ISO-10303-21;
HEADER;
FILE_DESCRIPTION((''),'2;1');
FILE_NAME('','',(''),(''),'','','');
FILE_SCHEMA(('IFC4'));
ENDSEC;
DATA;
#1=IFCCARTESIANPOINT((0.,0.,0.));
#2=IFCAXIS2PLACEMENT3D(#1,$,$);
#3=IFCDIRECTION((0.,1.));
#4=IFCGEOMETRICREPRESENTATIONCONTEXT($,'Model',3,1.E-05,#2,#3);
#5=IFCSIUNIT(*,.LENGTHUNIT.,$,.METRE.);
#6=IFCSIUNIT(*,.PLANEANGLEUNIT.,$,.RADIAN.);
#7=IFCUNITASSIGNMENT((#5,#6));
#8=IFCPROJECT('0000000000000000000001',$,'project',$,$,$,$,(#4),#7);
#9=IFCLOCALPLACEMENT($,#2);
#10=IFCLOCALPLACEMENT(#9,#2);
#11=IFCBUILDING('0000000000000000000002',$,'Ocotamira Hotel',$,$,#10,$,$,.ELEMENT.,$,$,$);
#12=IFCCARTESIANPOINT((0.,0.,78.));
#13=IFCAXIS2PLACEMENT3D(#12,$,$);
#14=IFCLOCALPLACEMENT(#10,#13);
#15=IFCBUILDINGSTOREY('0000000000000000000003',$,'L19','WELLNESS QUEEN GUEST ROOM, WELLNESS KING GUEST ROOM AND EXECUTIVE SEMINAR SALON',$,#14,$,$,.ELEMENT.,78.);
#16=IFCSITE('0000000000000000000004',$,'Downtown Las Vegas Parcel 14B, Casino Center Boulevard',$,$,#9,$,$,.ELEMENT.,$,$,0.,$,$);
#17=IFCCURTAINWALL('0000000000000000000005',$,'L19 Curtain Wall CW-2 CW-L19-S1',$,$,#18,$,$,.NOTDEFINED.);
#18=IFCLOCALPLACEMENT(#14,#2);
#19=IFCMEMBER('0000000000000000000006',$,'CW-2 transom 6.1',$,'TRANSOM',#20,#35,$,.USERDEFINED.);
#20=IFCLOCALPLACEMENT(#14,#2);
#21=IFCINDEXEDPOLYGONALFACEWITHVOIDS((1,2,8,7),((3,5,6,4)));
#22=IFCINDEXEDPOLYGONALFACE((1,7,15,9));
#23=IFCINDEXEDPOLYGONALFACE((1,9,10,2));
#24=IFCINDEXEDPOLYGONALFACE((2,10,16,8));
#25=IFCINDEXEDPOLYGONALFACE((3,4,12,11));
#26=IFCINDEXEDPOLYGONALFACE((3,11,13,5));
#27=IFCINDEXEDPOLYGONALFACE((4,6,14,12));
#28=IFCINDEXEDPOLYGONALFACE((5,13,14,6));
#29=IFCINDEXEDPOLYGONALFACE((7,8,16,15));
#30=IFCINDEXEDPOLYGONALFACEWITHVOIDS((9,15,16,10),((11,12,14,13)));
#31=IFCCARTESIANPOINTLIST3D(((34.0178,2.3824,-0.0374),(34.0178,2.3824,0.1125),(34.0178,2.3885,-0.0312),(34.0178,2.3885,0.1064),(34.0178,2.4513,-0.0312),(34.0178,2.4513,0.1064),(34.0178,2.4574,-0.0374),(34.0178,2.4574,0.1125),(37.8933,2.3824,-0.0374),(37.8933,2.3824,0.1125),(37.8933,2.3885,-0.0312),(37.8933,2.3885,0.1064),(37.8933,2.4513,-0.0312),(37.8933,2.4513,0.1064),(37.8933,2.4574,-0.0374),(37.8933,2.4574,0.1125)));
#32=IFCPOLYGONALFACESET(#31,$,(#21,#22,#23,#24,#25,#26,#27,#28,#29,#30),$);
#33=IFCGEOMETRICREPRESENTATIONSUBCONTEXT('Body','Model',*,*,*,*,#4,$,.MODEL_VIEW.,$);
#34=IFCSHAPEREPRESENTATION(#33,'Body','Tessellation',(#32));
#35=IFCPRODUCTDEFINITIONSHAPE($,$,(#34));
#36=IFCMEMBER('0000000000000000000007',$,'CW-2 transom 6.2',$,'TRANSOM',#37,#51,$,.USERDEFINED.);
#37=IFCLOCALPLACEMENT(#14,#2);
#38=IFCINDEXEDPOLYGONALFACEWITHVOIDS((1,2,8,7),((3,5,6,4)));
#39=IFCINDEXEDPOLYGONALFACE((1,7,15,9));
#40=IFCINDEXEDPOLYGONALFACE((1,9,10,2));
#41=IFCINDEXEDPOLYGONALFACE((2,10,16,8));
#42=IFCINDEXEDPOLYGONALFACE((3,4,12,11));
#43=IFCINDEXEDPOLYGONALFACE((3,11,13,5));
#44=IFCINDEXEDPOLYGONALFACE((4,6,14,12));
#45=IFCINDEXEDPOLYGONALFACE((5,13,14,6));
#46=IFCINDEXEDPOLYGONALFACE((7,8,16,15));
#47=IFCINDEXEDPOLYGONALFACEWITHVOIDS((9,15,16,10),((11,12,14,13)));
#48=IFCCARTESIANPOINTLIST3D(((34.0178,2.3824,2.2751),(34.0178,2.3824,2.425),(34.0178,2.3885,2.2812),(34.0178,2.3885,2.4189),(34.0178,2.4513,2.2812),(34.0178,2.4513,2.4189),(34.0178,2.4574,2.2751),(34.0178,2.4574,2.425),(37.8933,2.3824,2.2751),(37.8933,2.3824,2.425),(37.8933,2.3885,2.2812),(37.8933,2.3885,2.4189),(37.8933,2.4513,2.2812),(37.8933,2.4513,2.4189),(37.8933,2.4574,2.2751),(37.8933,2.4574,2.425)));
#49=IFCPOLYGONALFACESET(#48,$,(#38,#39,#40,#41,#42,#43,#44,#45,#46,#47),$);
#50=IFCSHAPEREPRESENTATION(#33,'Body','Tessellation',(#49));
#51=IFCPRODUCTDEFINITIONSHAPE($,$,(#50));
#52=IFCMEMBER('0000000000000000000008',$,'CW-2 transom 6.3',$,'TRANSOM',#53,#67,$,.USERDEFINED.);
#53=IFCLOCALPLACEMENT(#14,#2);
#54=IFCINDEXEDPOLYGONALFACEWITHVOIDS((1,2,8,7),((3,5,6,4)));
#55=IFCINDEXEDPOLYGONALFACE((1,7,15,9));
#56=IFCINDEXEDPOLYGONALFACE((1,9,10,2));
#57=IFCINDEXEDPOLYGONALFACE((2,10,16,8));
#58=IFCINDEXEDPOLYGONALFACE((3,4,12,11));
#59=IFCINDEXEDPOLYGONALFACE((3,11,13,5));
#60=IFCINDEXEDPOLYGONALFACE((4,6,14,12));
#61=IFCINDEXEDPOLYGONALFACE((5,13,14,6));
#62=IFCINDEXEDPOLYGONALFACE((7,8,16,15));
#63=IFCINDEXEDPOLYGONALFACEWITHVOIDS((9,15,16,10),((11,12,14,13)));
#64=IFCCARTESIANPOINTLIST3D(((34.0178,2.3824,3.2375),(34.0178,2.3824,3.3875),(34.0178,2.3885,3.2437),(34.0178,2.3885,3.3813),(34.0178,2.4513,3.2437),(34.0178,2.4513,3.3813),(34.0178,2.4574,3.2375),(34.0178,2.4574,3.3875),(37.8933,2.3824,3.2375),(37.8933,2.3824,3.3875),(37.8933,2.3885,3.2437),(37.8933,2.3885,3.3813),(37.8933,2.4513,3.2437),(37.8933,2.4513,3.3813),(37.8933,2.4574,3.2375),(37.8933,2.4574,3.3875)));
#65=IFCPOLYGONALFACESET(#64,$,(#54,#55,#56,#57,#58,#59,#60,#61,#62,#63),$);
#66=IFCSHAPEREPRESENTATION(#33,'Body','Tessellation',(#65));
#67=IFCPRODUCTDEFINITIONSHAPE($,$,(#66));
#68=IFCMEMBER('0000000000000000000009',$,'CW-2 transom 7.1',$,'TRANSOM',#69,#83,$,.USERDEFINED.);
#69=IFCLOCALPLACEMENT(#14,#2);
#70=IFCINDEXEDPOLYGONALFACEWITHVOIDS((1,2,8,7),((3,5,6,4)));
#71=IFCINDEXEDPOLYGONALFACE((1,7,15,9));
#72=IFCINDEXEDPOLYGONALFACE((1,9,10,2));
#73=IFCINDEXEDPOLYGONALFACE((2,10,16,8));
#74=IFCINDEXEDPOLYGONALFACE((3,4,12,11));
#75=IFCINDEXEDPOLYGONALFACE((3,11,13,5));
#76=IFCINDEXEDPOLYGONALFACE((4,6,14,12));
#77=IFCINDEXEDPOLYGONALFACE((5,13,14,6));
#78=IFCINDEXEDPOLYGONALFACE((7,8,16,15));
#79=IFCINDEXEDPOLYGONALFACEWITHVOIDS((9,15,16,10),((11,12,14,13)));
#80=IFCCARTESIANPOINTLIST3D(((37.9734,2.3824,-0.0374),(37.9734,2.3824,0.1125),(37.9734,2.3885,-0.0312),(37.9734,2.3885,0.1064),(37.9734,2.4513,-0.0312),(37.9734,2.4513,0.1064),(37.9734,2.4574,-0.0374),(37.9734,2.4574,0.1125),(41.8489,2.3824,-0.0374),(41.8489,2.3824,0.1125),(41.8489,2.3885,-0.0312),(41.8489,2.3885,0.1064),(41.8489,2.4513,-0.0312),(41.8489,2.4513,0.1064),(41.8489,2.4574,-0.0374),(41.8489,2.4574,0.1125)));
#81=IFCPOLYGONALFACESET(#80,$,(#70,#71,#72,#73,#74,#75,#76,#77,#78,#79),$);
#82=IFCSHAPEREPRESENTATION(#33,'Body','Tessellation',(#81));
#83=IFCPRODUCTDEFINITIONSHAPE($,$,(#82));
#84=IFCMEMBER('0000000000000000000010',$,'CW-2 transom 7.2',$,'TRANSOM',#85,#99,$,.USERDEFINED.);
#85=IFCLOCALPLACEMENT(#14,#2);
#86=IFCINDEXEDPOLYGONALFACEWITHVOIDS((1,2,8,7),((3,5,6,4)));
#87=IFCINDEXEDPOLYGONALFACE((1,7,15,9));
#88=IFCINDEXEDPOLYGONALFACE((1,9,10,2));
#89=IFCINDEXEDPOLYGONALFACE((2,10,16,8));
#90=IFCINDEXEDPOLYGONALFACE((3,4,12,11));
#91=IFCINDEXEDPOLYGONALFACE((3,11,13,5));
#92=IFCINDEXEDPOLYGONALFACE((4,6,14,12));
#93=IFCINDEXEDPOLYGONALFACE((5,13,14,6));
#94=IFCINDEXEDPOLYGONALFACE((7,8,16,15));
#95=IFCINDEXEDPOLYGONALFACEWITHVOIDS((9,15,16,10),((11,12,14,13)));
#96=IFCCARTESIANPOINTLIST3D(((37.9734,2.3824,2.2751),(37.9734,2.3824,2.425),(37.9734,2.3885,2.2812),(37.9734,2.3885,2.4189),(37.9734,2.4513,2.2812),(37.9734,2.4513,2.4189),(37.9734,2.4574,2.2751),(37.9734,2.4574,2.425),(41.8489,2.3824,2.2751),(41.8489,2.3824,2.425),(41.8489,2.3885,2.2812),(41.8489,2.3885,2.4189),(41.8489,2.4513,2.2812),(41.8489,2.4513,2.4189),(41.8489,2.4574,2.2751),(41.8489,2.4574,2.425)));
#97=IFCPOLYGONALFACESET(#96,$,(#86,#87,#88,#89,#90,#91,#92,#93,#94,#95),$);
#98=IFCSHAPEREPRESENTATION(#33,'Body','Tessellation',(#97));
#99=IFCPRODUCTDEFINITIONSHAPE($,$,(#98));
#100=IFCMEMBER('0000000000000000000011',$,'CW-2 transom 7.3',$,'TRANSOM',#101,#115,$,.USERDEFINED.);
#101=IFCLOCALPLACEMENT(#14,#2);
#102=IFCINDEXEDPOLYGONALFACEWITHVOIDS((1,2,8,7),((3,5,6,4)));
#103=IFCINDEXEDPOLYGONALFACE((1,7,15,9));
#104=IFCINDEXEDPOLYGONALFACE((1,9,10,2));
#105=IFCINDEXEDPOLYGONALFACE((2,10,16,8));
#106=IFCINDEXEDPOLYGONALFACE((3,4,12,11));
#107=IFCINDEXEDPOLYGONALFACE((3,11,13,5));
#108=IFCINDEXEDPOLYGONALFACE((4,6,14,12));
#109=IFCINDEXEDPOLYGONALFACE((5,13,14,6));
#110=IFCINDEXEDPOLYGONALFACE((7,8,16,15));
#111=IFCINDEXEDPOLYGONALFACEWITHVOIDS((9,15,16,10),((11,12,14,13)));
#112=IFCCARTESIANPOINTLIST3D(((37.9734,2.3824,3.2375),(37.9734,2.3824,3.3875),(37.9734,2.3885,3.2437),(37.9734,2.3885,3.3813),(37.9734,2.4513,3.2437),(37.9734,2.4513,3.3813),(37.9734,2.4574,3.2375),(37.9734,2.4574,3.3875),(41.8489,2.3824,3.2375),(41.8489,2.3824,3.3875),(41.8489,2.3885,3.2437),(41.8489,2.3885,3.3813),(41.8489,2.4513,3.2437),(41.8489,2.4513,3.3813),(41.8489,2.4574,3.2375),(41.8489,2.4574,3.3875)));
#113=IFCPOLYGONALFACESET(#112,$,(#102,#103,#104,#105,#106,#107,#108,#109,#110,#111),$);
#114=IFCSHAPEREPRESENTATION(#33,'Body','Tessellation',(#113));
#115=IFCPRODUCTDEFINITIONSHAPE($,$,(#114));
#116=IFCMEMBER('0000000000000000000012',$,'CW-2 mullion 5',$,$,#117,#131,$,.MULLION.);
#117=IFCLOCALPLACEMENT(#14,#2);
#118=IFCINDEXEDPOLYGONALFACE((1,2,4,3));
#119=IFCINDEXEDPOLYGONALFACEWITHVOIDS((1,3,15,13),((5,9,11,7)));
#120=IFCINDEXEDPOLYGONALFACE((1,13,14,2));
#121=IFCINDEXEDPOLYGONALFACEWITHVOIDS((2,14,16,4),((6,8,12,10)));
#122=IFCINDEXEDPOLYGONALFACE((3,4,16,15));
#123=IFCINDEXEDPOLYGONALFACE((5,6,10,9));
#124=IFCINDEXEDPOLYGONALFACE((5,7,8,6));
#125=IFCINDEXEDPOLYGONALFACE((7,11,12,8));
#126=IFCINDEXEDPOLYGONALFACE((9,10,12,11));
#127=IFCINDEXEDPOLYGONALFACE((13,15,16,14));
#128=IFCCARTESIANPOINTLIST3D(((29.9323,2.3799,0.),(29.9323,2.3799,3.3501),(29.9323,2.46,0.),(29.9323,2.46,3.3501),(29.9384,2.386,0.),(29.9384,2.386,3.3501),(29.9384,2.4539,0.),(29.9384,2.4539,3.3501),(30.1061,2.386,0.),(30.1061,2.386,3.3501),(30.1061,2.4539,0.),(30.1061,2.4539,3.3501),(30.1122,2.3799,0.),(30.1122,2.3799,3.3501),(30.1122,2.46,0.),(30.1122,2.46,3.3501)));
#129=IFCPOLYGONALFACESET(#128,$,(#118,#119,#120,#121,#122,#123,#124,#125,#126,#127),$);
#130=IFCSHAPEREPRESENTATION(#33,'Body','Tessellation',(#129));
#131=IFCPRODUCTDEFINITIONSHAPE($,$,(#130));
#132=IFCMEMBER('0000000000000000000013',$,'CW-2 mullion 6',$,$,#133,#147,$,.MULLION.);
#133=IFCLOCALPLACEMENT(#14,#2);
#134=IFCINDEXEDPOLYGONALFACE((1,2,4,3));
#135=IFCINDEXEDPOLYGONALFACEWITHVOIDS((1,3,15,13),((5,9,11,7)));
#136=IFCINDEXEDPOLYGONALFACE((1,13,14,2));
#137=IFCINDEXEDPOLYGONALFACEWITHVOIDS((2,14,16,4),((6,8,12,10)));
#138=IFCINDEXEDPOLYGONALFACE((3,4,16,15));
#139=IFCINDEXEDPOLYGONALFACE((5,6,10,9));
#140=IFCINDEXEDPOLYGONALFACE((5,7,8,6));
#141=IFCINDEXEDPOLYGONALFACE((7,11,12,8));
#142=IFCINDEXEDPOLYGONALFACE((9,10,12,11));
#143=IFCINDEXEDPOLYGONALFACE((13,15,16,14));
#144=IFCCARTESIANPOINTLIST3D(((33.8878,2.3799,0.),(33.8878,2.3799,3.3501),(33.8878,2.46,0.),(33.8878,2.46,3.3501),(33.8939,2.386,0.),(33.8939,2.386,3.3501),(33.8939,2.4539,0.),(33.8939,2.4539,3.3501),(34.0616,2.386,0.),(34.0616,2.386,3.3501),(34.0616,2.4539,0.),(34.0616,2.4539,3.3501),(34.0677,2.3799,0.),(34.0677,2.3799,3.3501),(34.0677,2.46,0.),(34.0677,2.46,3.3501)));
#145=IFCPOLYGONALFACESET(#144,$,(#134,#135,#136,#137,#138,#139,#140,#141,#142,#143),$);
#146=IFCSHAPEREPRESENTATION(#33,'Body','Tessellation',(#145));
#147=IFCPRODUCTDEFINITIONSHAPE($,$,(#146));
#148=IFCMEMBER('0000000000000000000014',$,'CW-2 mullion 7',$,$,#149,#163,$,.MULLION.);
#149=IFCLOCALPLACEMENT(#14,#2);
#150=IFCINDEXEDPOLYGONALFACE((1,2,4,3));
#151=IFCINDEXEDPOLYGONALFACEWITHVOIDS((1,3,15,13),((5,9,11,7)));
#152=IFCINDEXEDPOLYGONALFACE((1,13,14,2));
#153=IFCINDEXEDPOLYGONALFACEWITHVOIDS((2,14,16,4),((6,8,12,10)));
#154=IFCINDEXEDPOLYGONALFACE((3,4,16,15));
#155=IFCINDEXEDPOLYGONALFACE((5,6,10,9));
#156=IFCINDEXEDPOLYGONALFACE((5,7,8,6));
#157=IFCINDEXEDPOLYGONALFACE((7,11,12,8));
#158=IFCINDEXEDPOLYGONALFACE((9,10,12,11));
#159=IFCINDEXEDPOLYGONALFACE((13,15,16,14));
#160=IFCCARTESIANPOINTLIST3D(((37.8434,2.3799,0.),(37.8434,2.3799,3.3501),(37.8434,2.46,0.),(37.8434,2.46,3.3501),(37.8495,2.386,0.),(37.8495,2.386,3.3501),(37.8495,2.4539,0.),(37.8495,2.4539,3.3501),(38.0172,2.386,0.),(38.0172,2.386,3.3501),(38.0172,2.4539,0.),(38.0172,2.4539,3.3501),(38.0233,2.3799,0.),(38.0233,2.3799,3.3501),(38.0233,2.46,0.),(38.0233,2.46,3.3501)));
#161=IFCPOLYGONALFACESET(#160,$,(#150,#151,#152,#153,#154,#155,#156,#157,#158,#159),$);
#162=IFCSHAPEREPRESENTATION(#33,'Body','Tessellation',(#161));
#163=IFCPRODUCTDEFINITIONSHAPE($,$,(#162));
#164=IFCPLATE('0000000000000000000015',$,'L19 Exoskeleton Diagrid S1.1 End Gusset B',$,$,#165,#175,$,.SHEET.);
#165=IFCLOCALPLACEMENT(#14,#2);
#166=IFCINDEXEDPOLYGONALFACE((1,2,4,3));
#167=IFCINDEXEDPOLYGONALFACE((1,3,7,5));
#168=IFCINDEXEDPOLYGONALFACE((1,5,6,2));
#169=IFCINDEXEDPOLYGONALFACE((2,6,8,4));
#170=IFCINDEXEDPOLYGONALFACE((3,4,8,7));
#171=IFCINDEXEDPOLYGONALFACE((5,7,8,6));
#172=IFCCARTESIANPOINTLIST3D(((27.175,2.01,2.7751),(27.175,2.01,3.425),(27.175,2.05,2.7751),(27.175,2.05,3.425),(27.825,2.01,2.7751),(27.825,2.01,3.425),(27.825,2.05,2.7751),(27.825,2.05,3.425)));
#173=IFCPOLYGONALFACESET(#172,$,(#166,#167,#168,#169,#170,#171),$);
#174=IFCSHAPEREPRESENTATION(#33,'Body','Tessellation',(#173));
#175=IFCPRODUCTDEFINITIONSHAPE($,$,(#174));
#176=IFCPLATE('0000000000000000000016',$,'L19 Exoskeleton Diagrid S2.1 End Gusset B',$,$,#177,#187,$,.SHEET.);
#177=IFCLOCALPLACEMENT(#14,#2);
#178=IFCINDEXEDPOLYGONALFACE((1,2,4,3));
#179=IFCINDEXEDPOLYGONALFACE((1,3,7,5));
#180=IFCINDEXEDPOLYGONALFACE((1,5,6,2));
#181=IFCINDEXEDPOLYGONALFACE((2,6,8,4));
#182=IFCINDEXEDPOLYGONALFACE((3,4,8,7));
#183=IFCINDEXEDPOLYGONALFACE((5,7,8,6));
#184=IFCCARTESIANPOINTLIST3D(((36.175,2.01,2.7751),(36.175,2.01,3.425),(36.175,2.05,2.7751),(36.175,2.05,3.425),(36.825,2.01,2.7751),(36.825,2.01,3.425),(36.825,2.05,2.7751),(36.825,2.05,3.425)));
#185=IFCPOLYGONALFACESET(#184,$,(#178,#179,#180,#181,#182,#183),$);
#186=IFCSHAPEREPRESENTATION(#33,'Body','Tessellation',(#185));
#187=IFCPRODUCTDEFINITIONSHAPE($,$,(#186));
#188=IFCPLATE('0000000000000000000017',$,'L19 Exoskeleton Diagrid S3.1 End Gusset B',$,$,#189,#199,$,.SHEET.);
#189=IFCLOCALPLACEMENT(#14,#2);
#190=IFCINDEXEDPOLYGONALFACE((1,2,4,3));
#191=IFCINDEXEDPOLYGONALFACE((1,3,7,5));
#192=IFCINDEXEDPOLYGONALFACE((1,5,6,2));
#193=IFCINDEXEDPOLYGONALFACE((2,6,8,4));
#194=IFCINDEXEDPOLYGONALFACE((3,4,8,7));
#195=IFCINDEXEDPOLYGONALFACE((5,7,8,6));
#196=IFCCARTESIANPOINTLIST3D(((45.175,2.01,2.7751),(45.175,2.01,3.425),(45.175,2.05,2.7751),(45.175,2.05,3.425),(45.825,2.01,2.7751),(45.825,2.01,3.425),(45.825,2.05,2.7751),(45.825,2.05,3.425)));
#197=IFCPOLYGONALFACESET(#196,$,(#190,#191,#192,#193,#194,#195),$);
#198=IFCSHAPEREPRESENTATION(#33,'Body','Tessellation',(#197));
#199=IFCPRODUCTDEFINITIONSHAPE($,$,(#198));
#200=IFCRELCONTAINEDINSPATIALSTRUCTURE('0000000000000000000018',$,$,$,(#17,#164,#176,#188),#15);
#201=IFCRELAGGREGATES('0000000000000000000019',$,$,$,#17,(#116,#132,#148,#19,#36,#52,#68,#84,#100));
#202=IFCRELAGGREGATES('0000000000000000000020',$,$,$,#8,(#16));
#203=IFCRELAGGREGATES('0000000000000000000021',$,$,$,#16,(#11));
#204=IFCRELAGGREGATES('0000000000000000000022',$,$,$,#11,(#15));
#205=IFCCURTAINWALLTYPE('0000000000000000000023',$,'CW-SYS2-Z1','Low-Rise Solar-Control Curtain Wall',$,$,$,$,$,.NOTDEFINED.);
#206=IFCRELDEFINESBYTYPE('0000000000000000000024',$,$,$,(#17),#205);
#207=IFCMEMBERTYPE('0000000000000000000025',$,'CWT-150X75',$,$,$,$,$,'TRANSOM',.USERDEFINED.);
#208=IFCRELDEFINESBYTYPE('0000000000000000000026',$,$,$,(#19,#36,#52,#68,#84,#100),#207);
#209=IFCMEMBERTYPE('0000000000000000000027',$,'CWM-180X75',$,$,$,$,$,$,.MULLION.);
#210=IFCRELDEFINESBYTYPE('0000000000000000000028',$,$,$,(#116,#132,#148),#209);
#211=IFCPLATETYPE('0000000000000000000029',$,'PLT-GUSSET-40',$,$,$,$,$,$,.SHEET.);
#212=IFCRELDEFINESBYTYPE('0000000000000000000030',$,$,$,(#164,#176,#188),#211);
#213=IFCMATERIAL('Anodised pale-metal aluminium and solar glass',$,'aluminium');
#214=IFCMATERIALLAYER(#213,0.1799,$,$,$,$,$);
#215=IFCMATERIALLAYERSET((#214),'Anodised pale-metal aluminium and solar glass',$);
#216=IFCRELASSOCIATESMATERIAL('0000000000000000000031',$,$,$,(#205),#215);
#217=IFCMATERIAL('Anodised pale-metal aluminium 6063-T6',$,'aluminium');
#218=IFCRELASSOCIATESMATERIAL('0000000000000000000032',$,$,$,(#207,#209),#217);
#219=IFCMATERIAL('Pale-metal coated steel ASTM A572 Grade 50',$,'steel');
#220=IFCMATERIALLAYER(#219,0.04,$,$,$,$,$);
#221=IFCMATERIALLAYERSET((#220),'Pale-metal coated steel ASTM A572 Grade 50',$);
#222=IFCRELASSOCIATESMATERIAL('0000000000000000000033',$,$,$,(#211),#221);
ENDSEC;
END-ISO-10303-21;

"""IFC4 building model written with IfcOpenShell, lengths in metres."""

from ifc_helpers import new_model, si_unit, direction, frame, origin, origin_2d, place, context, subcontext, project, spatial, rectangle, hollow_rectangle, extrude, source, transform, mapped, material, layer, layer_set, material_profile, profile_set, type_object, element, aggregate, save


model = new_model("IFC4")

# Units and contexts
model_context = context("Model", 3, precision=1e-05, world=origin(), true_north=direction((0.0, 1.0)))
body_context = subcontext(model_context, "Body", "Model", "MODEL_VIEW")
ifc_project = project(units=[si_unit("LENGTHUNIT", "METRE"), si_unit("PLANEANGLEUNIT", "RADIAN")], contexts=[model_context])

# Site, building, storey
site_placement = place(None, origin())
site = spatial("IfcSite", under=ifc_project, at=site_placement, Name="Downtown Las Vegas Parcel 14B, Casino Center Boulevard", CompositionType="ELEMENT", RefElevation=0.0)
building_placement = place(site_placement, origin())
building = spatial("IfcBuilding", under=site, at=building_placement, Name="Ocotamira Hotel", CompositionType="ELEMENT")
storey_placement = place(building_placement, frame((0.0, 0.0, 78.0)))
storey = spatial("IfcBuildingStorey", under=building, at=storey_placement, Name="L19", Description="WELLNESS QUEEN GUEST ROOM, WELLNESS KING GUEST ROOM AND EXECUTIVE SEMINAR SALON", CompositionType="ELEMENT", Elevation=78.0)

# Curtain wall, members
ifc_material_1 = material(Name="Anodised pale-metal aluminium and solar glass", Category="aluminium")
ifc_layer_1 = layer(ifc_material_1, 0.1799)
ifc_layer_set_1 = layer_set([ifc_layer_1], Name="Anodised pale-metal aluminium and solar glass")
curtain_wall_type = type_object("IfcCurtainWallType", Name="CW-SYS2-Z1", Description="Low-Rise Solar-Control Curtain Wall", PredefinedType="NOTDEFINED", material=ifc_layer_set_1)
curtain_wall_placement = place(storey_placement, origin())
curtain_wall = element("IfcCurtainWall", 1, at=curtain_wall_placement, inside=storey, type_object=curtain_wall_type, Name="L19 Curtain Wall CW-2 CW-L19-S1", PredefinedType="NOTDEFINED")
ifc_material_2 = material(Name="Anodised pale-metal aluminium 6063-T6", Category="aluminium")
ifc_material_profile_1 = material_profile(ifc_material_2, hollow_rectangle(XDim=0.075, YDim=0.1499, WallThickness=0.0061, at=origin_2d()), Name="HSS150X75X6")
ifc_profile_set_1 = profile_set([ifc_material_profile_1], Name="Anodised pale-metal aluminium 6063-T6")
member_type_1 = type_object("IfcMemberType", Name="CWT-150X75", ElementType="TRANSOM", PredefinedType="USERDEFINED", material=ifc_profile_set_1)
shared_shape_1 = source(origin(), body_context, "Body", "SweptSolid", [
    extrude(hollow_rectangle(XDim=0.075, YDim=0.1499, WallThickness=0.0061, at=origin_2d()), origin(), (0.0, 0.0, 1.0), 3.8755),
])
member_1_placement = place(storey_placement, frame((34.0178, 2.4199, 0.0376), z_axis=(1.0, 0.0, 0.0), x_axis=(0.0, 1.0, 0.0)))
member_1 = element("IfcMember", 2, at=member_1_placement, type_object=member_type_1, Name="CW-2 transom 6.1", ObjectType="TRANSOM", PredefinedType="USERDEFINED", context=body_context, shape_type="MappedRepresentation", body=[
    mapped(shared_shape_1, transform((0.0, 0.0, 0.0), scale=1.0)),
])
member_2_placement = place(storey_placement, frame((34.0178, 2.4199, 2.3501), z_axis=(1.0, 0.0, 0.0), x_axis=(0.0, 1.0, 0.0)))
member_2 = element("IfcMember", 3, at=member_2_placement, type_object=member_type_1, Name="CW-2 transom 6.2", ObjectType="TRANSOM", PredefinedType="USERDEFINED", context=body_context, shape_type="MappedRepresentation", body=[
    mapped(shared_shape_1, transform((0.0, 0.0, 0.0), scale=1.0)),
])
member_3_placement = place(storey_placement, frame((34.0178, 2.4199, 3.3125), z_axis=(1.0, 0.0, 0.0), x_axis=(0.0, 1.0, 0.0)))
member_3 = element("IfcMember", 4, at=member_3_placement, type_object=member_type_1, Name="CW-2 transom 6.3", ObjectType="TRANSOM", PredefinedType="USERDEFINED", context=body_context, shape_type="MappedRepresentation", body=[
    mapped(shared_shape_1, transform((0.0, 0.0, 0.0), scale=1.0)),
])
member_4_placement = place(storey_placement, frame((37.9734, 2.4199, 0.0376), z_axis=(1.0, 0.0, 0.0), x_axis=(0.0, 1.0, 0.0)))
member_4 = element("IfcMember", 5, at=member_4_placement, type_object=member_type_1, Name="CW-2 transom 7.1", ObjectType="TRANSOM", PredefinedType="USERDEFINED", context=body_context, shape_type="MappedRepresentation", body=[
    mapped(shared_shape_1, transform((0.0, 0.0, 0.0), scale=1.0)),
])
member_5_placement = place(storey_placement, frame((37.9734, 2.4199, 2.3501), z_axis=(1.0, 0.0, 0.0), x_axis=(0.0, 1.0, 0.0)))
member_5 = element("IfcMember", 6, at=member_5_placement, type_object=member_type_1, Name="CW-2 transom 7.2", ObjectType="TRANSOM", PredefinedType="USERDEFINED", context=body_context, shape_type="MappedRepresentation", body=[
    mapped(shared_shape_1, transform((0.0, 0.0, 0.0), scale=1.0)),
])
member_6_placement = place(storey_placement, frame((37.9734, 2.4199, 3.3125), z_axis=(1.0, 0.0, 0.0), x_axis=(0.0, 1.0, 0.0)))
member_6 = element("IfcMember", 7, at=member_6_placement, type_object=member_type_1, Name="CW-2 transom 7.3", ObjectType="TRANSOM", PredefinedType="USERDEFINED", context=body_context, shape_type="MappedRepresentation", body=[
    mapped(shared_shape_1, transform((0.0, 0.0, 0.0), scale=1.0)),
])
ifc_material_profile_2 = material_profile(ifc_material_2, hollow_rectangle(XDim=0.0801, YDim=0.1799, WallThickness=0.0061, at=origin_2d()), Name="HSS180X80X6")
ifc_profile_set_2 = profile_set([ifc_material_profile_2], Name="Anodised pale-metal aluminium 6063-T6")
member_type_2 = type_object("IfcMemberType", Name="CWM-180X75", PredefinedType="MULLION", material=ifc_profile_set_2)
shared_shape_2 = source(origin(), body_context, "Body", "SweptSolid", [
    extrude(hollow_rectangle(XDim=0.0801, YDim=0.1799, WallThickness=0.0061, at=origin_2d()), origin(), (0.0, 0.0, 1.0), 3.3501),
])
member_7_placement = place(storey_placement, frame((30.0222, 2.4199, 0.0), z_axis=(0.0, 0.0, 1.0), x_axis=(0.0, 1.0, 0.0)))
member_7 = element("IfcMember", 8, at=member_7_placement, type_object=member_type_2, Name="CW-2 mullion 5", PredefinedType="MULLION", context=body_context, shape_type="MappedRepresentation", body=[
    mapped(shared_shape_2, transform((0.0, 0.0, 0.0), scale=1.0)),
])
member_8_placement = place(storey_placement, frame((33.9778, 2.4199, 0.0), z_axis=(0.0, 0.0, 1.0), x_axis=(0.0, 1.0, 0.0)))
member_8 = element("IfcMember", 9, at=member_8_placement, type_object=member_type_2, Name="CW-2 mullion 6", PredefinedType="MULLION", context=body_context, shape_type="MappedRepresentation", body=[
    mapped(shared_shape_2, transform((0.0, 0.0, 0.0), scale=1.0)),
])
member_9_placement = place(storey_placement, frame((37.9333, 2.4199, 0.0), z_axis=(0.0, 0.0, 1.0), x_axis=(0.0, 1.0, 0.0)))
member_9 = element("IfcMember", 10, at=member_9_placement, type_object=member_type_2, Name="CW-2 mullion 7", PredefinedType="MULLION", context=body_context, shape_type="MappedRepresentation", body=[
    mapped(shared_shape_2, transform((0.0, 0.0, 0.0), scale=1.0)),
])

# Plates
ifc_material_3 = material(Name="Pale-metal coated steel ASTM A572 Grade 50", Category="steel")
ifc_layer_2 = layer(ifc_material_3, 0.04)
ifc_layer_set_2 = layer_set([ifc_layer_2], Name="Pale-metal coated steel ASTM A572 Grade 50")
plate_type_1 = type_object("IfcPlateType", Name="PLT-GUSSET-40", PredefinedType="SHEET", material=ifc_layer_set_2)
shared_shape_3 = source(origin(), body_context, "Body", "SweptSolid", [
    extrude(rectangle(XDim=0.6499, YDim=0.04, at=origin_2d()), origin(), (0.0, 0.0, 1.0), 0.6499),
])
for number, where, z_axis, x_axis, name in (
    (11, (27.5, 2.03, 2.7751), (0.0, 0.0, 1.0), (1.0, 0.0, 0.0), "L19 Exoskeleton Diagrid S1.1 End Gusset B"),
    (12, (36.5, 2.03, 2.7751), (0.0, 0.0, 1.0), (1.0, 0.0, 0.0), "L19 Exoskeleton Diagrid S2.1 End Gusset B"),
    (13, (45.5, 2.03, 2.7751), (0.0, 0.0, 1.0), (1.0, 0.0, 0.0), "L19 Exoskeleton Diagrid S3.1 End Gusset B"),
):
    element("IfcPlate", number, at=place(storey_placement, frame(where, z_axis=z_axis, x_axis=x_axis)), inside=storey, type_object=plate_type_1, Name=name, PredefinedType="SHEET", context=body_context, shape_type="MappedRepresentation", body=[
        mapped(shared_shape_3, transform((0.0, 0.0, 0.0), scale=1.0)),
    ])

aggregate(curtain_wall, [member_7, member_8, member_9, member_1, member_2, member_3, member_4, member_5, member_6])

save(model, "model.ifc")
